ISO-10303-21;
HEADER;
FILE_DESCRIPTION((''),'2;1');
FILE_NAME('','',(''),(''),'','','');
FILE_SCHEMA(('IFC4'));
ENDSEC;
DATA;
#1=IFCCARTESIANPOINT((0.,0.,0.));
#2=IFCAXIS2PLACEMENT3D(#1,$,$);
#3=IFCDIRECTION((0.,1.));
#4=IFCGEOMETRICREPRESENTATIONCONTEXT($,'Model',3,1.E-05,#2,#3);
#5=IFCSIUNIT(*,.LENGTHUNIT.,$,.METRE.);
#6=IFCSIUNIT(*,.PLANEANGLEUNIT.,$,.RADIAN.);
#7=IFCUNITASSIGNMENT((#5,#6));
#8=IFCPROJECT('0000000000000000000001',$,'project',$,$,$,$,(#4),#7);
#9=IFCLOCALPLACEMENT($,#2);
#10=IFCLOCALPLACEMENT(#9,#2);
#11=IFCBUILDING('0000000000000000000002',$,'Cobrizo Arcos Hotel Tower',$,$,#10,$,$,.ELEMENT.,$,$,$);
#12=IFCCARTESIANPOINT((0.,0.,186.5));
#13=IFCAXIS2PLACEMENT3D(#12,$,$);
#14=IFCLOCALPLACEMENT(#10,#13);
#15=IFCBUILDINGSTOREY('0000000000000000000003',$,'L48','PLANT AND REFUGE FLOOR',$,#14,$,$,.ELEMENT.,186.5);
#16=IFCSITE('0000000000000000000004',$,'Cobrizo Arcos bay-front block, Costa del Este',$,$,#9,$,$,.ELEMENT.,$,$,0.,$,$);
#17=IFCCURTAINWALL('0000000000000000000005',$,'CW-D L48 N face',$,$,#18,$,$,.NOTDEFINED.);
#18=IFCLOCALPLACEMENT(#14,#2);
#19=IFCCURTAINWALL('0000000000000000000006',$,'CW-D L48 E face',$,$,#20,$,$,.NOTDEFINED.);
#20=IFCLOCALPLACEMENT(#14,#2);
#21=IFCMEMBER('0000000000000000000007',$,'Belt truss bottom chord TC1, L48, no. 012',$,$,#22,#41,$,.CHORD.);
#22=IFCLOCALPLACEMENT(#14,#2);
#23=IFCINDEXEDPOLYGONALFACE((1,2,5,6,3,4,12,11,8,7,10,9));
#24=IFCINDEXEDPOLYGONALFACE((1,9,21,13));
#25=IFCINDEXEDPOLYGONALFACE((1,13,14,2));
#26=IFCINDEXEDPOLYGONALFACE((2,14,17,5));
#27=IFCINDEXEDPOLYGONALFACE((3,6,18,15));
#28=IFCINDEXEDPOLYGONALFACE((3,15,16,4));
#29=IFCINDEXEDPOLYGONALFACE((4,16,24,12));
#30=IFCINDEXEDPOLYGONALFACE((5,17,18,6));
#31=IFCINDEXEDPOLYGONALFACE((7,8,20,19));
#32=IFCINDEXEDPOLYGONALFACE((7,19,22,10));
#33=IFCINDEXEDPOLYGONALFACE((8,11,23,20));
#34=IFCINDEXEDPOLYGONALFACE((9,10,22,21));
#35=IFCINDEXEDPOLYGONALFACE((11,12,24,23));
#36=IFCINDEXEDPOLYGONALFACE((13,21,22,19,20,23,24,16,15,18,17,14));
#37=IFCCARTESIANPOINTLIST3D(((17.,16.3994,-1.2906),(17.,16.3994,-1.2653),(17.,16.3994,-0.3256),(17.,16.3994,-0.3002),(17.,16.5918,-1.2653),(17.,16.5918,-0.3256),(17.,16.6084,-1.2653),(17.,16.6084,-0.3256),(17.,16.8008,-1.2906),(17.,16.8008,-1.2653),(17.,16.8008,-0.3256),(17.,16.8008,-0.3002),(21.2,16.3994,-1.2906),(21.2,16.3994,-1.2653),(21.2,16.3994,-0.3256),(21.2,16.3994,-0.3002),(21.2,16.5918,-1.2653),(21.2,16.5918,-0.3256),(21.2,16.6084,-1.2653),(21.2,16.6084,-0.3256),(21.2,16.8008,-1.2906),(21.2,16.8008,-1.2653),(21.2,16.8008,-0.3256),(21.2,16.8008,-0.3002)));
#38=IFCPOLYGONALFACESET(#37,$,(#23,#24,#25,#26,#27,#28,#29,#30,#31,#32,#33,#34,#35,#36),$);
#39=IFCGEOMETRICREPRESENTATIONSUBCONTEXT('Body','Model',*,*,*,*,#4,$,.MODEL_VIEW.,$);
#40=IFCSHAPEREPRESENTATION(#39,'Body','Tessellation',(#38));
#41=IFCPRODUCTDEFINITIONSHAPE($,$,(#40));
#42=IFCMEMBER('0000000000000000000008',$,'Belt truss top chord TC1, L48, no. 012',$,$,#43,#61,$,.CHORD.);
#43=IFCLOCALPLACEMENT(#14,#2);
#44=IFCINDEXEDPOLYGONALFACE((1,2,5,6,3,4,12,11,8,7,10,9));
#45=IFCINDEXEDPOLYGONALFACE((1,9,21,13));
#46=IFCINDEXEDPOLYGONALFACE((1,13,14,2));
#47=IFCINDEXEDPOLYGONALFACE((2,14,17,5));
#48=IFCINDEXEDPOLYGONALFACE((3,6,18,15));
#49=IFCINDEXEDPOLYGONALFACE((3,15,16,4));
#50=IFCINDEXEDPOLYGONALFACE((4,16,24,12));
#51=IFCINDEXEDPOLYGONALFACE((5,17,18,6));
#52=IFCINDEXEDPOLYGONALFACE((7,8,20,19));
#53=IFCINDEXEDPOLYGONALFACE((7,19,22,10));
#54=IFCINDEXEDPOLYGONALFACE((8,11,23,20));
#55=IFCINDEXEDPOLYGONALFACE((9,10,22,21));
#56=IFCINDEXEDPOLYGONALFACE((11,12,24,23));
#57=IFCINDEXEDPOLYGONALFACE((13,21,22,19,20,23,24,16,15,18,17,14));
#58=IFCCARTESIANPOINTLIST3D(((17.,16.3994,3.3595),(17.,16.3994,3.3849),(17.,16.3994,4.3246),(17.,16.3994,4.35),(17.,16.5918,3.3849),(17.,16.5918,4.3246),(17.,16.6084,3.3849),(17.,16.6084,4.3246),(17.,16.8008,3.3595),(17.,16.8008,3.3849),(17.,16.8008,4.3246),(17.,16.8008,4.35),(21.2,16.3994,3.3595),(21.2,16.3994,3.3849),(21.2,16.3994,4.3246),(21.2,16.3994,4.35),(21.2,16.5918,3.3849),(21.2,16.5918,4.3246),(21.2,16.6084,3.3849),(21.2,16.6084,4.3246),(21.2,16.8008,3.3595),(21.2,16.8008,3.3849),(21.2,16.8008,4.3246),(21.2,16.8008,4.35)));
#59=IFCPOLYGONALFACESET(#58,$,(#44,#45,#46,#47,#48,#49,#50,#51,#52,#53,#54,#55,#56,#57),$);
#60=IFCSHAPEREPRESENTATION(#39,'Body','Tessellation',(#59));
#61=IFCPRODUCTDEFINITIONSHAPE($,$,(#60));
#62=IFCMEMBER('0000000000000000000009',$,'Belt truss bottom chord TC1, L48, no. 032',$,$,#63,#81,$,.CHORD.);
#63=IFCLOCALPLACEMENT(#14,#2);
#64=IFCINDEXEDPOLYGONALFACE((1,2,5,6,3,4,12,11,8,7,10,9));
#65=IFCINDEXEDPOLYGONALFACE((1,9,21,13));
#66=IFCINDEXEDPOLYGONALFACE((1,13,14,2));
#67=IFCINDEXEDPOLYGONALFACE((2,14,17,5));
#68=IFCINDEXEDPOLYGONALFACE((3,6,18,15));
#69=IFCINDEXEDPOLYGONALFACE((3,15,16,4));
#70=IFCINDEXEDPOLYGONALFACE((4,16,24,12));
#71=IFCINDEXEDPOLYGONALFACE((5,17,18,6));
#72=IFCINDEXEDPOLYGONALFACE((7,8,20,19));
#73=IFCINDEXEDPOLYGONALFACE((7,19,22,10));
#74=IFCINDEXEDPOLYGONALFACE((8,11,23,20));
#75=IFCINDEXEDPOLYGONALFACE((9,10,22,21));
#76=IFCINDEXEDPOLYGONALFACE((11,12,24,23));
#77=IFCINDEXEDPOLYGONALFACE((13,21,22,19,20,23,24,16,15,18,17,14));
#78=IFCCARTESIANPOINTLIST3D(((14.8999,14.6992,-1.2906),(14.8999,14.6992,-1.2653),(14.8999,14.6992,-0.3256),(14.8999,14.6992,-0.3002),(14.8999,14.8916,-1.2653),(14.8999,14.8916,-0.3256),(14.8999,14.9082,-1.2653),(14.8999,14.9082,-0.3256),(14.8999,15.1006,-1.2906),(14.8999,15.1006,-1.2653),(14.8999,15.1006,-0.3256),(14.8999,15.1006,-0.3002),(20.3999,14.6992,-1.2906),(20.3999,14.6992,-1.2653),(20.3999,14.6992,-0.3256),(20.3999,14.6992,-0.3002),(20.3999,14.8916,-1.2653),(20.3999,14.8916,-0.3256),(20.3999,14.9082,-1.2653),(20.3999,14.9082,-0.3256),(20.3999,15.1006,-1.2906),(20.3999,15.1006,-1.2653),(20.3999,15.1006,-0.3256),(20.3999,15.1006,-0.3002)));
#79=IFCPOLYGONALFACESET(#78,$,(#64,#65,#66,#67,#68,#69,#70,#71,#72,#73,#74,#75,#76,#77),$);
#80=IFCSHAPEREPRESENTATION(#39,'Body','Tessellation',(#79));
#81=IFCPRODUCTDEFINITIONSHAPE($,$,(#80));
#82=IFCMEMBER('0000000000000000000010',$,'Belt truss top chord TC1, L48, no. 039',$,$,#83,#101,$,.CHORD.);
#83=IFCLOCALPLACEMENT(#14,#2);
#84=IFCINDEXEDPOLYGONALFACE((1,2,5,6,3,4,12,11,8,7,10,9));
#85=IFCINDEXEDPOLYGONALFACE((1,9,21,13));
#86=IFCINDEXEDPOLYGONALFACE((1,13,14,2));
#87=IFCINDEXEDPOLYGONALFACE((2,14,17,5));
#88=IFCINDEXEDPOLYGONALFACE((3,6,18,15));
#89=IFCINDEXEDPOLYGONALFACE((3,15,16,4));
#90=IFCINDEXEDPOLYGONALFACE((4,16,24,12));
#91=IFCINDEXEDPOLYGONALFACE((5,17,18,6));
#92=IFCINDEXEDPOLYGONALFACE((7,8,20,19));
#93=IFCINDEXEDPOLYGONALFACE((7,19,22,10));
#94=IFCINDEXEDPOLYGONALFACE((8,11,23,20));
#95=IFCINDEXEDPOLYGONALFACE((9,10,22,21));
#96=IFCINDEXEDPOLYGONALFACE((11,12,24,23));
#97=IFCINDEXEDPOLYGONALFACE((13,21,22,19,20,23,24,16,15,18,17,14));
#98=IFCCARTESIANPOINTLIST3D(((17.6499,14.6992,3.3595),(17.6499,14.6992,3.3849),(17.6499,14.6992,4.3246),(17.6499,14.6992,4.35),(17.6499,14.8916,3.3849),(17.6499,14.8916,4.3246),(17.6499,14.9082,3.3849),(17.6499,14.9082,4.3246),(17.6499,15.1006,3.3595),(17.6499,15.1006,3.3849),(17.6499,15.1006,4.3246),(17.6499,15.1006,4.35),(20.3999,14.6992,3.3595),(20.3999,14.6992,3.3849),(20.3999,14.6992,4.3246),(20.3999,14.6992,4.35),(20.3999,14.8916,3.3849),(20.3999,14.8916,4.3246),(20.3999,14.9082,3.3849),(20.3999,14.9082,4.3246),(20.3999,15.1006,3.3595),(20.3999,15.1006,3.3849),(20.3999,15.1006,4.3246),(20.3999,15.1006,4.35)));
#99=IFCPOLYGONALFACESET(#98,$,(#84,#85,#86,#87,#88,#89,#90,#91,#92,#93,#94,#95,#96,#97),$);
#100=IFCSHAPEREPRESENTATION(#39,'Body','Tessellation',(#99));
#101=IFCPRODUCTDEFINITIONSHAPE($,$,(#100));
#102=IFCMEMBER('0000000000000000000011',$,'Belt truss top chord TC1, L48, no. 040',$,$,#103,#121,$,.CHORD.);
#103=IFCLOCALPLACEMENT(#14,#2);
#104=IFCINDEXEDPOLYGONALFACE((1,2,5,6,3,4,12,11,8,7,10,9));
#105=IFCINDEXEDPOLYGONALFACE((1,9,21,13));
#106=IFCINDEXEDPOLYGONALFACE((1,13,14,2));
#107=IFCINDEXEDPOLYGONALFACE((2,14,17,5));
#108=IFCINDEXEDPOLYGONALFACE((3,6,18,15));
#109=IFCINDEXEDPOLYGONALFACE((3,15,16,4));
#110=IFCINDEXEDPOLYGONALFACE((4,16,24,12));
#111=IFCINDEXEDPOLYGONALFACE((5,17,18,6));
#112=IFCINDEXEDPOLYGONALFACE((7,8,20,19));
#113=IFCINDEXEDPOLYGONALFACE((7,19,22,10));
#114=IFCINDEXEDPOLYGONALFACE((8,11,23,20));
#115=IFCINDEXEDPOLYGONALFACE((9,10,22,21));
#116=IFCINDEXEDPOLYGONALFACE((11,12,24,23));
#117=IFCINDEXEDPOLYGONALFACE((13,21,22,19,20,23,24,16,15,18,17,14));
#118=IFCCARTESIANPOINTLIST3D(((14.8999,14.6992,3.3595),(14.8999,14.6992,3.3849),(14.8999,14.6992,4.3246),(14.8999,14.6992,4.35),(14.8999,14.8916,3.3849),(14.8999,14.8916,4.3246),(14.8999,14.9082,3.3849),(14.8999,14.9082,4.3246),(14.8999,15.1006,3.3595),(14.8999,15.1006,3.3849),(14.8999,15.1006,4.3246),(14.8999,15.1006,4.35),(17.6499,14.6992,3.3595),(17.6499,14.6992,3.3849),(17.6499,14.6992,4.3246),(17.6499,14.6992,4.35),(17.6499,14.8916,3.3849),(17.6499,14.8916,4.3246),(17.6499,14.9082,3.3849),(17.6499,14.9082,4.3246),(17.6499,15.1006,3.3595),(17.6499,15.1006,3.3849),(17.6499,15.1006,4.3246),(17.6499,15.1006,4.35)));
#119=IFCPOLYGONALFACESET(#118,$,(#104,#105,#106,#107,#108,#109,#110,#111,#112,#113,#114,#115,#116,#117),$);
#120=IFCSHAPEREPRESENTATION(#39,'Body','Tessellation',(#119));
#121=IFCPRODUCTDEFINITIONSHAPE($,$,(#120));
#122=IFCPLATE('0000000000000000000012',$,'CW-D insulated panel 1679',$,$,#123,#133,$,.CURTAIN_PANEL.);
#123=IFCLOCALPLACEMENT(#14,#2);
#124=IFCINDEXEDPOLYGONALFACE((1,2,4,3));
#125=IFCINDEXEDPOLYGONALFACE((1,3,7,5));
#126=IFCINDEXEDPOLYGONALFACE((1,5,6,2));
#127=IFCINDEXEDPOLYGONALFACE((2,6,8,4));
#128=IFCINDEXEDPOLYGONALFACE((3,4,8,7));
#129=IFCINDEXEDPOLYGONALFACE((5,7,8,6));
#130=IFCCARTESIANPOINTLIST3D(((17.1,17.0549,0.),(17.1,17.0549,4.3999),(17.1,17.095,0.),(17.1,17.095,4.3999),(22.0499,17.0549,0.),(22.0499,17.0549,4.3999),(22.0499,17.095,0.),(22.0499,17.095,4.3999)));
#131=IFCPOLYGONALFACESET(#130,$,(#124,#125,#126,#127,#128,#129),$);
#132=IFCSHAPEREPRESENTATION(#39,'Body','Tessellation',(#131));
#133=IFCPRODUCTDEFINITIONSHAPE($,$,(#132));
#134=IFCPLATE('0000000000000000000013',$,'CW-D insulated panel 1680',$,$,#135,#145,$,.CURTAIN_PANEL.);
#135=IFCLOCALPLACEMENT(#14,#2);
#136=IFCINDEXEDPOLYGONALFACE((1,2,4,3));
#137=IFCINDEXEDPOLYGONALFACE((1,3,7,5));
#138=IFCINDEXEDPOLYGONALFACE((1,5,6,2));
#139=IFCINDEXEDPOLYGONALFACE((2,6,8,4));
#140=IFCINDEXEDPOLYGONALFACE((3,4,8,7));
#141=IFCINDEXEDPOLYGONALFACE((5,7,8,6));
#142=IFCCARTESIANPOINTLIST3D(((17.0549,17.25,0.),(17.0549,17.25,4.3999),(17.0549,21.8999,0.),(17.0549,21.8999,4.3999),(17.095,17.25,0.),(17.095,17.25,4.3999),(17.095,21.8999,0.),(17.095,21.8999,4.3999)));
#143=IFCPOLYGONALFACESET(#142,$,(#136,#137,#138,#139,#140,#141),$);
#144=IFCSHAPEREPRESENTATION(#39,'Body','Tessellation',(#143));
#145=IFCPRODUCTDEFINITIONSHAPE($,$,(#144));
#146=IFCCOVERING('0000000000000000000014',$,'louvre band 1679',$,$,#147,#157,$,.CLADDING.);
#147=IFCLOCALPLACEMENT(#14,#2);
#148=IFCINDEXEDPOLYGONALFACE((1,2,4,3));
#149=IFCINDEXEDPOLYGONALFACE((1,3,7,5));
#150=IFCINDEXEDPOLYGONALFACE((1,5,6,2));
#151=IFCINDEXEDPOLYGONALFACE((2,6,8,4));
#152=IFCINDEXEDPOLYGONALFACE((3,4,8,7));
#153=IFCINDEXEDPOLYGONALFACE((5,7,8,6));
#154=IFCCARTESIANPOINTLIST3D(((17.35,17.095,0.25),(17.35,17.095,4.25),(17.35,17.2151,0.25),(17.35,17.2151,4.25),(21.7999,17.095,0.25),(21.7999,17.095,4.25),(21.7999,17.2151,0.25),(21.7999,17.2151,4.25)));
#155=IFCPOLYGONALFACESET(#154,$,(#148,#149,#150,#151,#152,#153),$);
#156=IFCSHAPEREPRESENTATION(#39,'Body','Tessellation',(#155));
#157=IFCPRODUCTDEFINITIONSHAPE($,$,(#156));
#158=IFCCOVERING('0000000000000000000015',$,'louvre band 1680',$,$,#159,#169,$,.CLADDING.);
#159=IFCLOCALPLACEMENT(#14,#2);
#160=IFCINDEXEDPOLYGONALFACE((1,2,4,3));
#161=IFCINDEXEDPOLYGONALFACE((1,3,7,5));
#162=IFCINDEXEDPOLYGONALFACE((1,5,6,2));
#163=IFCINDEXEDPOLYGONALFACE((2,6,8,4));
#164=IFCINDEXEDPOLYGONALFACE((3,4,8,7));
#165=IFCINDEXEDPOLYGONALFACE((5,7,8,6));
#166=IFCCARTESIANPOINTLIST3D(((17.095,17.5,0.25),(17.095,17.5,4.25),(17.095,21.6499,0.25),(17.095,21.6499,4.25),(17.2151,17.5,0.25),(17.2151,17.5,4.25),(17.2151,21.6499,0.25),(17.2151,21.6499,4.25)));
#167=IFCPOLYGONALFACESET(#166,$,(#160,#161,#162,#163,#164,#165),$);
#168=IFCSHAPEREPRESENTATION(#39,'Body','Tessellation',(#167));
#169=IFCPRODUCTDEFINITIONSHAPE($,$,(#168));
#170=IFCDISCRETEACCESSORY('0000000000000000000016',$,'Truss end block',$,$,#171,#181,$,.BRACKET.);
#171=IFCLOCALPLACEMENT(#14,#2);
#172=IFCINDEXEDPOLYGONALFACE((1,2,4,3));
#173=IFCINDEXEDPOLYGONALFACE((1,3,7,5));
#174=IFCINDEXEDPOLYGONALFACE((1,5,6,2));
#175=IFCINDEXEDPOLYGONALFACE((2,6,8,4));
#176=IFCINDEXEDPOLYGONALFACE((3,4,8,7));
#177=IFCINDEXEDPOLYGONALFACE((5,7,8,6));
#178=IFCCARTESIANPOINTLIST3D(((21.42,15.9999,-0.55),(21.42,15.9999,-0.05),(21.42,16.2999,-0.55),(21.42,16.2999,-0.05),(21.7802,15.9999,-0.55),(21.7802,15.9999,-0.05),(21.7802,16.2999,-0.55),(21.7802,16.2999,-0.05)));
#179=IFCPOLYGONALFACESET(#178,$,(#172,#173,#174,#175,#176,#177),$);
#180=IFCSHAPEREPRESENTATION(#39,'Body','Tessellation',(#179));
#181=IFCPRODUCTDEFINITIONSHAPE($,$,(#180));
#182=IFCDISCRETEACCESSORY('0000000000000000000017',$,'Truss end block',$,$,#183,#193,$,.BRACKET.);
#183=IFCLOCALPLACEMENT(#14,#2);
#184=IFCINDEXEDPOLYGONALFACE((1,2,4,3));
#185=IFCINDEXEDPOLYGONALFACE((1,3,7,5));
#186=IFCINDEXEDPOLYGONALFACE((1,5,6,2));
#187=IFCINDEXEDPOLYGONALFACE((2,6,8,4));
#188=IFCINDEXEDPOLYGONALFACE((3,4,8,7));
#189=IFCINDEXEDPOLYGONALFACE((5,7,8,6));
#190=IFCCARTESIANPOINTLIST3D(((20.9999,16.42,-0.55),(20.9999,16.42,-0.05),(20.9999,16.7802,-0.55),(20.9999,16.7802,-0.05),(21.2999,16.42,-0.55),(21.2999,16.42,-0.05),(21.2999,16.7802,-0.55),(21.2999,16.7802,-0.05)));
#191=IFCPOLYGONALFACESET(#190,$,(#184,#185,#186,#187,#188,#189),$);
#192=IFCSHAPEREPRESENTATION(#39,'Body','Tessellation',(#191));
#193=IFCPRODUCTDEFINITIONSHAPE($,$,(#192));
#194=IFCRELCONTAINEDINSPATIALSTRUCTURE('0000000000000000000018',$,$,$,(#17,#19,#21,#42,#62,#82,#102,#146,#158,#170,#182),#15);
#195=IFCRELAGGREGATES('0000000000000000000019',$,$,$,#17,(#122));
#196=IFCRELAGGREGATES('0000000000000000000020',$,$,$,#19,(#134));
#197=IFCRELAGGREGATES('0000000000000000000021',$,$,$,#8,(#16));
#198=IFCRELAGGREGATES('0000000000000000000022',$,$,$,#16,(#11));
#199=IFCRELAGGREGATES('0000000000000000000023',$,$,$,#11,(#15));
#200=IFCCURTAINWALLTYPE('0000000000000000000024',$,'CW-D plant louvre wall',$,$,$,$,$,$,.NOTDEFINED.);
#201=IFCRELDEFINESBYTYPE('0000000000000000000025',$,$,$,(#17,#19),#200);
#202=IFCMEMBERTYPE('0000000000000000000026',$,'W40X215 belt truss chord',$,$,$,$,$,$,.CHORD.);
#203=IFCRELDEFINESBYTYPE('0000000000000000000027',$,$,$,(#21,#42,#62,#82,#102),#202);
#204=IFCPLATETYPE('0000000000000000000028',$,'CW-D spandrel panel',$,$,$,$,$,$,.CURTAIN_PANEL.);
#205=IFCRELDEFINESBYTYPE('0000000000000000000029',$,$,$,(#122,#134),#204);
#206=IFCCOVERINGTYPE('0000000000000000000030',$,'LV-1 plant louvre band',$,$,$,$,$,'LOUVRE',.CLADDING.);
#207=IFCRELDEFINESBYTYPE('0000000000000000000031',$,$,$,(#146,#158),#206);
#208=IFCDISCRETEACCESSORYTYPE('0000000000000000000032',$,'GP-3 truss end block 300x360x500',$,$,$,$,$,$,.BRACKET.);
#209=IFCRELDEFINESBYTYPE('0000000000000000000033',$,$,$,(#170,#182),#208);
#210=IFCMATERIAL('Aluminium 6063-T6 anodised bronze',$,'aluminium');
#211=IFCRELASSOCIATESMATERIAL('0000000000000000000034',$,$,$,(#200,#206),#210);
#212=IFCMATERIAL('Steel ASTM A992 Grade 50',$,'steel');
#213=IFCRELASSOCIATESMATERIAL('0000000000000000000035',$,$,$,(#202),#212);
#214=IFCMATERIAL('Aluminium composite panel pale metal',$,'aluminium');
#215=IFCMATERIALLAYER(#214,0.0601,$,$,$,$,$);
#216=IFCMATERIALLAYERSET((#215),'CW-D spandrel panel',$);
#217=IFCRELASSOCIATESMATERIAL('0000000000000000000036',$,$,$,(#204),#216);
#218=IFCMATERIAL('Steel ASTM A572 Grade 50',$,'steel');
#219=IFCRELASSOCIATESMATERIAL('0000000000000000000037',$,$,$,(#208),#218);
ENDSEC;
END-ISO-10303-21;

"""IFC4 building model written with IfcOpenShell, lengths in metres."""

from ifc_helpers import new_model, si_unit, direction, frame, origin, origin_2d, place, context, subcontext, project, spatial, rectangle, i_section, extrude, material, layer, layer_set, material_profile, profile_set, type_object, element, aggregate, save


model = new_model("IFC4")

# Units and contexts
model_context = context("Model", 3, precision=1e-05, world=origin(), true_north=direction((0.0, 1.0)))
body_context = subcontext(model_context, "Body", "Model", "MODEL_VIEW")
ifc_project = project(units=[si_unit("LENGTHUNIT", "METRE"), si_unit("PLANEANGLEUNIT", "RADIAN")], contexts=[model_context])

# Site, building, storey
site_placement = place(None, origin())
site = spatial("IfcSite", under=ifc_project, at=site_placement, Name="Cobrizo Arcos bay-front block, Costa del Este", CompositionType="ELEMENT", RefElevation=0.0)
building_placement = place(site_placement, origin())
building = spatial("IfcBuilding", under=site, at=building_placement, Name="Cobrizo Arcos Hotel Tower", CompositionType="ELEMENT")
storey_placement = place(building_placement, frame((0.0, 0.0, 186.5)))
storey = spatial("IfcBuildingStorey", under=building, at=storey_placement, Name="L48", Description="PLANT AND REFUGE FLOOR", CompositionType="ELEMENT", Elevation=186.5)

# Shared definitions
ifc_material_1 = material(Name="Steel ASTM A572 Grade 50", Category="steel")

# Curtain walls
ifc_material_2 = material(Name="Aluminium 6063-T6 anodised bronze", Category="aluminium")
curtain_wall_type = type_object("IfcCurtainWallType", Name="CW-D plant louvre wall", PredefinedType="NOTDEFINED", material=ifc_material_2)
curtain_wall_1_placement = place(storey_placement, origin())
curtain_wall_1 = element("IfcCurtainWall", 1, at=curtain_wall_1_placement, inside=storey, type_object=curtain_wall_type, Name="CW-D L48 N face", PredefinedType="NOTDEFINED")
curtain_wall_2_placement = place(storey_placement, origin())
curtain_wall_2 = element("IfcCurtainWall", 2, at=curtain_wall_2_placement, inside=storey, type_object=curtain_wall_type, Name="CW-D L48 E face", PredefinedType="NOTDEFINED")

# Shared definitions
ifc_material_3 = material(Name="Steel ASTM A992 Grade 50", Category="steel")

# Members
ifc_material_profile_1 = material_profile(ifc_material_3, i_section(OverallWidth=0.4014, OverallDepth=0.9905, WebThickness=0.0166, FlangeThickness=0.0254, at=origin_2d()), Name="W40X215")
ifc_profile_set_1 = profile_set([ifc_material_profile_1], Name="Steel ASTM A992 Grade 50")
member_type_1 = type_object("IfcMemberType", Name="W40X215 belt truss chord", PredefinedType="CHORD", material=ifc_profile_set_1)
for number, where, z_axis, x_axis, name in (
    (3, (21.2, 16.6001, -0.7954), (-1.0, 0.0, 0.0), (0.0, -1.0, 0.0), "Belt truss bottom chord TC1, L48, no. 012"),
    (4, (21.2, 16.6001, 3.8547), (-1.0, 0.0, 0.0), (0.0, -1.0, 0.0), "Belt truss top chord TC1, L48, no. 012"),
):
    element("IfcMember", number, at=place(storey_placement, frame(where, z_axis=z_axis, x_axis=x_axis)), inside=storey, type_object=member_type_1, Name=name, PredefinedType="CHORD", context=body_context, shape_type="SweptSolid", body=[
        extrude(i_section(OverallWidth=0.4014, OverallDepth=0.9905, WebThickness=0.0166, FlangeThickness=0.0254, at=origin_2d()), origin(), (0.0, 0.0, 1.0), 4.2),
    ])
member_1_placement = place(storey_placement, frame((20.3999, 14.8999, -0.7954), z_axis=(-1.0, 0.0, 0.0), x_axis=(0.0, -1.0, 0.0)))
element("IfcMember", 5, at=member_1_placement, inside=storey, type_object=member_type_1, Name="Belt truss bottom chord TC1, L48, no. 032", PredefinedType="CHORD", context=body_context, shape_type="SweptSolid", body=[
    extrude(i_section(OverallWidth=0.4014, OverallDepth=0.9905, WebThickness=0.0166, FlangeThickness=0.0254, at=origin_2d()), origin(), (0.0, 0.0, 1.0), 5.5),
])
for number, where, z_axis, x_axis, name in (
    (6, (20.3999, 14.8999, 3.8547), (-1.0, 0.0, 0.0), (0.0, -1.0, 0.0), "Belt truss top chord TC1, L48, no. 039"),
    (7, (17.6499, 14.8999, 3.8547), (-1.0, 0.0, 0.0), (0.0, -1.0, 0.0), "Belt truss top chord TC1, L48, no. 040"),
):
    element("IfcMember", number, at=place(storey_placement, frame(where, z_axis=z_axis, x_axis=x_axis)), inside=storey, type_object=member_type_1, Name=name, PredefinedType="CHORD", context=body_context, shape_type="SweptSolid", body=[
        extrude(i_section(OverallWidth=0.4014, OverallDepth=0.9905, WebThickness=0.0166, FlangeThickness=0.0254, at=origin_2d()), origin(), (0.0, 0.0, 1.0), 2.75),
    ])

# Plates
ifc_material_4 = material(Name="Aluminium composite panel pale metal", Category="aluminium")
ifc_layer = layer(ifc_material_4, 0.0601)
ifc_layer_set = layer_set([ifc_layer], Name="CW-D spandrel panel")
plate_type = type_object("IfcPlateType", Name="CW-D spandrel panel", PredefinedType="CURTAIN_PANEL", material=ifc_layer_set)
plate_1_placement = place(storey_placement, frame((19.575, 17.075, 0.0), z_axis=(0.0, 0.0, 1.0), x_axis=(-1.0, 0.0, 0.0)))
plate_1 = element("IfcPlate", 8, at=plate_1_placement, type_object=plate_type, Name="CW-D insulated panel 1679", PredefinedType="CURTAIN_PANEL", context=body_context, shape_type="SweptSolid", body=[
    extrude(rectangle(XDim=4.95, YDim=0.04, at=origin_2d()), origin(), (0.0, 0.0, 1.0), 4.3999),
])
aggregate(curtain_wall_1, [plate_1])
plate_2_placement = place(storey_placement, frame((17.075, 19.575, 0.0), z_axis=(0.0, 0.0, 1.0), x_axis=(0.0, 1.0, 0.0)))
plate_2 = element("IfcPlate", 9, at=plate_2_placement, type_object=plate_type, Name="CW-D insulated panel 1680", PredefinedType="CURTAIN_PANEL", context=body_context, shape_type="SweptSolid", body=[
    extrude(rectangle(XDim=4.6499, YDim=0.04, at=origin_2d()), origin(), (0.0, 0.0, 1.0), 4.3999),
])
aggregate(curtain_wall_2, [plate_2])

# Coverings
covering_type = type_object("IfcCoveringType", Name="LV-1 plant louvre band", ElementType="LOUVRE", PredefinedType="CLADDING", material=ifc_material_2)
covering_1_placement = place(storey_placement, frame((19.575, 17.155, 0.25), z_axis=(0.0, 0.0, 1.0), x_axis=(-1.0, 0.0, 0.0)))
element("IfcCovering", 10, at=covering_1_placement, inside=storey, type_object=covering_type, Name="louvre band 1679", PredefinedType="CLADDING", context=body_context, shape_type="SweptSolid", body=[
    extrude(rectangle(XDim=4.45, YDim=0.1201, at=origin_2d()), origin(), (0.0, 0.0, 1.0), 4.0),
])
covering_2_placement = place(storey_placement, frame((17.155, 19.575, 0.25), z_axis=(0.0, 0.0, 1.0), x_axis=(0.0, 1.0, 0.0)))
element("IfcCovering", 11, at=covering_2_placement, inside=storey, type_object=covering_type, Name="louvre band 1680", PredefinedType="CLADDING", context=body_context, shape_type="SweptSolid", body=[
    extrude(rectangle(XDim=4.1499, YDim=0.1201, at=origin_2d()), origin(), (0.0, 0.0, 1.0), 4.0),
])

# Discrete accessories
discrete_accessory_type_1 = type_object("IfcDiscreteAccessoryType", Name="GP-3 truss end block 300x360x500", PredefinedType="BRACKET", material=ifc_material_1)
for number, where, z_axis, x_axis, name in (
    (12, (21.6001, 16.1499, -0.55), (0.0, 0.0, 1.0), (0.0, -1.0, 0.0), "Truss end block"),
    (13, (21.1499, 16.6001, -0.55), (0.0, 0.0, 1.0), (-1.0, 0.0, 0.0), "Truss end block"),
):
    element("IfcDiscreteAccessory", number, at=place(storey_placement, frame(where, z_axis=z_axis, x_axis=x_axis)), inside=storey, type_object=discrete_accessory_type_1, Name=name, PredefinedType="BRACKET", context=body_context, shape_type="SweptSolid", body=[
        extrude(rectangle(XDim=0.3, YDim=0.3601, at=origin_2d()), origin(), (0.0, 0.0, 1.0), 0.5),
    ])

save(model, "model.ifc")
